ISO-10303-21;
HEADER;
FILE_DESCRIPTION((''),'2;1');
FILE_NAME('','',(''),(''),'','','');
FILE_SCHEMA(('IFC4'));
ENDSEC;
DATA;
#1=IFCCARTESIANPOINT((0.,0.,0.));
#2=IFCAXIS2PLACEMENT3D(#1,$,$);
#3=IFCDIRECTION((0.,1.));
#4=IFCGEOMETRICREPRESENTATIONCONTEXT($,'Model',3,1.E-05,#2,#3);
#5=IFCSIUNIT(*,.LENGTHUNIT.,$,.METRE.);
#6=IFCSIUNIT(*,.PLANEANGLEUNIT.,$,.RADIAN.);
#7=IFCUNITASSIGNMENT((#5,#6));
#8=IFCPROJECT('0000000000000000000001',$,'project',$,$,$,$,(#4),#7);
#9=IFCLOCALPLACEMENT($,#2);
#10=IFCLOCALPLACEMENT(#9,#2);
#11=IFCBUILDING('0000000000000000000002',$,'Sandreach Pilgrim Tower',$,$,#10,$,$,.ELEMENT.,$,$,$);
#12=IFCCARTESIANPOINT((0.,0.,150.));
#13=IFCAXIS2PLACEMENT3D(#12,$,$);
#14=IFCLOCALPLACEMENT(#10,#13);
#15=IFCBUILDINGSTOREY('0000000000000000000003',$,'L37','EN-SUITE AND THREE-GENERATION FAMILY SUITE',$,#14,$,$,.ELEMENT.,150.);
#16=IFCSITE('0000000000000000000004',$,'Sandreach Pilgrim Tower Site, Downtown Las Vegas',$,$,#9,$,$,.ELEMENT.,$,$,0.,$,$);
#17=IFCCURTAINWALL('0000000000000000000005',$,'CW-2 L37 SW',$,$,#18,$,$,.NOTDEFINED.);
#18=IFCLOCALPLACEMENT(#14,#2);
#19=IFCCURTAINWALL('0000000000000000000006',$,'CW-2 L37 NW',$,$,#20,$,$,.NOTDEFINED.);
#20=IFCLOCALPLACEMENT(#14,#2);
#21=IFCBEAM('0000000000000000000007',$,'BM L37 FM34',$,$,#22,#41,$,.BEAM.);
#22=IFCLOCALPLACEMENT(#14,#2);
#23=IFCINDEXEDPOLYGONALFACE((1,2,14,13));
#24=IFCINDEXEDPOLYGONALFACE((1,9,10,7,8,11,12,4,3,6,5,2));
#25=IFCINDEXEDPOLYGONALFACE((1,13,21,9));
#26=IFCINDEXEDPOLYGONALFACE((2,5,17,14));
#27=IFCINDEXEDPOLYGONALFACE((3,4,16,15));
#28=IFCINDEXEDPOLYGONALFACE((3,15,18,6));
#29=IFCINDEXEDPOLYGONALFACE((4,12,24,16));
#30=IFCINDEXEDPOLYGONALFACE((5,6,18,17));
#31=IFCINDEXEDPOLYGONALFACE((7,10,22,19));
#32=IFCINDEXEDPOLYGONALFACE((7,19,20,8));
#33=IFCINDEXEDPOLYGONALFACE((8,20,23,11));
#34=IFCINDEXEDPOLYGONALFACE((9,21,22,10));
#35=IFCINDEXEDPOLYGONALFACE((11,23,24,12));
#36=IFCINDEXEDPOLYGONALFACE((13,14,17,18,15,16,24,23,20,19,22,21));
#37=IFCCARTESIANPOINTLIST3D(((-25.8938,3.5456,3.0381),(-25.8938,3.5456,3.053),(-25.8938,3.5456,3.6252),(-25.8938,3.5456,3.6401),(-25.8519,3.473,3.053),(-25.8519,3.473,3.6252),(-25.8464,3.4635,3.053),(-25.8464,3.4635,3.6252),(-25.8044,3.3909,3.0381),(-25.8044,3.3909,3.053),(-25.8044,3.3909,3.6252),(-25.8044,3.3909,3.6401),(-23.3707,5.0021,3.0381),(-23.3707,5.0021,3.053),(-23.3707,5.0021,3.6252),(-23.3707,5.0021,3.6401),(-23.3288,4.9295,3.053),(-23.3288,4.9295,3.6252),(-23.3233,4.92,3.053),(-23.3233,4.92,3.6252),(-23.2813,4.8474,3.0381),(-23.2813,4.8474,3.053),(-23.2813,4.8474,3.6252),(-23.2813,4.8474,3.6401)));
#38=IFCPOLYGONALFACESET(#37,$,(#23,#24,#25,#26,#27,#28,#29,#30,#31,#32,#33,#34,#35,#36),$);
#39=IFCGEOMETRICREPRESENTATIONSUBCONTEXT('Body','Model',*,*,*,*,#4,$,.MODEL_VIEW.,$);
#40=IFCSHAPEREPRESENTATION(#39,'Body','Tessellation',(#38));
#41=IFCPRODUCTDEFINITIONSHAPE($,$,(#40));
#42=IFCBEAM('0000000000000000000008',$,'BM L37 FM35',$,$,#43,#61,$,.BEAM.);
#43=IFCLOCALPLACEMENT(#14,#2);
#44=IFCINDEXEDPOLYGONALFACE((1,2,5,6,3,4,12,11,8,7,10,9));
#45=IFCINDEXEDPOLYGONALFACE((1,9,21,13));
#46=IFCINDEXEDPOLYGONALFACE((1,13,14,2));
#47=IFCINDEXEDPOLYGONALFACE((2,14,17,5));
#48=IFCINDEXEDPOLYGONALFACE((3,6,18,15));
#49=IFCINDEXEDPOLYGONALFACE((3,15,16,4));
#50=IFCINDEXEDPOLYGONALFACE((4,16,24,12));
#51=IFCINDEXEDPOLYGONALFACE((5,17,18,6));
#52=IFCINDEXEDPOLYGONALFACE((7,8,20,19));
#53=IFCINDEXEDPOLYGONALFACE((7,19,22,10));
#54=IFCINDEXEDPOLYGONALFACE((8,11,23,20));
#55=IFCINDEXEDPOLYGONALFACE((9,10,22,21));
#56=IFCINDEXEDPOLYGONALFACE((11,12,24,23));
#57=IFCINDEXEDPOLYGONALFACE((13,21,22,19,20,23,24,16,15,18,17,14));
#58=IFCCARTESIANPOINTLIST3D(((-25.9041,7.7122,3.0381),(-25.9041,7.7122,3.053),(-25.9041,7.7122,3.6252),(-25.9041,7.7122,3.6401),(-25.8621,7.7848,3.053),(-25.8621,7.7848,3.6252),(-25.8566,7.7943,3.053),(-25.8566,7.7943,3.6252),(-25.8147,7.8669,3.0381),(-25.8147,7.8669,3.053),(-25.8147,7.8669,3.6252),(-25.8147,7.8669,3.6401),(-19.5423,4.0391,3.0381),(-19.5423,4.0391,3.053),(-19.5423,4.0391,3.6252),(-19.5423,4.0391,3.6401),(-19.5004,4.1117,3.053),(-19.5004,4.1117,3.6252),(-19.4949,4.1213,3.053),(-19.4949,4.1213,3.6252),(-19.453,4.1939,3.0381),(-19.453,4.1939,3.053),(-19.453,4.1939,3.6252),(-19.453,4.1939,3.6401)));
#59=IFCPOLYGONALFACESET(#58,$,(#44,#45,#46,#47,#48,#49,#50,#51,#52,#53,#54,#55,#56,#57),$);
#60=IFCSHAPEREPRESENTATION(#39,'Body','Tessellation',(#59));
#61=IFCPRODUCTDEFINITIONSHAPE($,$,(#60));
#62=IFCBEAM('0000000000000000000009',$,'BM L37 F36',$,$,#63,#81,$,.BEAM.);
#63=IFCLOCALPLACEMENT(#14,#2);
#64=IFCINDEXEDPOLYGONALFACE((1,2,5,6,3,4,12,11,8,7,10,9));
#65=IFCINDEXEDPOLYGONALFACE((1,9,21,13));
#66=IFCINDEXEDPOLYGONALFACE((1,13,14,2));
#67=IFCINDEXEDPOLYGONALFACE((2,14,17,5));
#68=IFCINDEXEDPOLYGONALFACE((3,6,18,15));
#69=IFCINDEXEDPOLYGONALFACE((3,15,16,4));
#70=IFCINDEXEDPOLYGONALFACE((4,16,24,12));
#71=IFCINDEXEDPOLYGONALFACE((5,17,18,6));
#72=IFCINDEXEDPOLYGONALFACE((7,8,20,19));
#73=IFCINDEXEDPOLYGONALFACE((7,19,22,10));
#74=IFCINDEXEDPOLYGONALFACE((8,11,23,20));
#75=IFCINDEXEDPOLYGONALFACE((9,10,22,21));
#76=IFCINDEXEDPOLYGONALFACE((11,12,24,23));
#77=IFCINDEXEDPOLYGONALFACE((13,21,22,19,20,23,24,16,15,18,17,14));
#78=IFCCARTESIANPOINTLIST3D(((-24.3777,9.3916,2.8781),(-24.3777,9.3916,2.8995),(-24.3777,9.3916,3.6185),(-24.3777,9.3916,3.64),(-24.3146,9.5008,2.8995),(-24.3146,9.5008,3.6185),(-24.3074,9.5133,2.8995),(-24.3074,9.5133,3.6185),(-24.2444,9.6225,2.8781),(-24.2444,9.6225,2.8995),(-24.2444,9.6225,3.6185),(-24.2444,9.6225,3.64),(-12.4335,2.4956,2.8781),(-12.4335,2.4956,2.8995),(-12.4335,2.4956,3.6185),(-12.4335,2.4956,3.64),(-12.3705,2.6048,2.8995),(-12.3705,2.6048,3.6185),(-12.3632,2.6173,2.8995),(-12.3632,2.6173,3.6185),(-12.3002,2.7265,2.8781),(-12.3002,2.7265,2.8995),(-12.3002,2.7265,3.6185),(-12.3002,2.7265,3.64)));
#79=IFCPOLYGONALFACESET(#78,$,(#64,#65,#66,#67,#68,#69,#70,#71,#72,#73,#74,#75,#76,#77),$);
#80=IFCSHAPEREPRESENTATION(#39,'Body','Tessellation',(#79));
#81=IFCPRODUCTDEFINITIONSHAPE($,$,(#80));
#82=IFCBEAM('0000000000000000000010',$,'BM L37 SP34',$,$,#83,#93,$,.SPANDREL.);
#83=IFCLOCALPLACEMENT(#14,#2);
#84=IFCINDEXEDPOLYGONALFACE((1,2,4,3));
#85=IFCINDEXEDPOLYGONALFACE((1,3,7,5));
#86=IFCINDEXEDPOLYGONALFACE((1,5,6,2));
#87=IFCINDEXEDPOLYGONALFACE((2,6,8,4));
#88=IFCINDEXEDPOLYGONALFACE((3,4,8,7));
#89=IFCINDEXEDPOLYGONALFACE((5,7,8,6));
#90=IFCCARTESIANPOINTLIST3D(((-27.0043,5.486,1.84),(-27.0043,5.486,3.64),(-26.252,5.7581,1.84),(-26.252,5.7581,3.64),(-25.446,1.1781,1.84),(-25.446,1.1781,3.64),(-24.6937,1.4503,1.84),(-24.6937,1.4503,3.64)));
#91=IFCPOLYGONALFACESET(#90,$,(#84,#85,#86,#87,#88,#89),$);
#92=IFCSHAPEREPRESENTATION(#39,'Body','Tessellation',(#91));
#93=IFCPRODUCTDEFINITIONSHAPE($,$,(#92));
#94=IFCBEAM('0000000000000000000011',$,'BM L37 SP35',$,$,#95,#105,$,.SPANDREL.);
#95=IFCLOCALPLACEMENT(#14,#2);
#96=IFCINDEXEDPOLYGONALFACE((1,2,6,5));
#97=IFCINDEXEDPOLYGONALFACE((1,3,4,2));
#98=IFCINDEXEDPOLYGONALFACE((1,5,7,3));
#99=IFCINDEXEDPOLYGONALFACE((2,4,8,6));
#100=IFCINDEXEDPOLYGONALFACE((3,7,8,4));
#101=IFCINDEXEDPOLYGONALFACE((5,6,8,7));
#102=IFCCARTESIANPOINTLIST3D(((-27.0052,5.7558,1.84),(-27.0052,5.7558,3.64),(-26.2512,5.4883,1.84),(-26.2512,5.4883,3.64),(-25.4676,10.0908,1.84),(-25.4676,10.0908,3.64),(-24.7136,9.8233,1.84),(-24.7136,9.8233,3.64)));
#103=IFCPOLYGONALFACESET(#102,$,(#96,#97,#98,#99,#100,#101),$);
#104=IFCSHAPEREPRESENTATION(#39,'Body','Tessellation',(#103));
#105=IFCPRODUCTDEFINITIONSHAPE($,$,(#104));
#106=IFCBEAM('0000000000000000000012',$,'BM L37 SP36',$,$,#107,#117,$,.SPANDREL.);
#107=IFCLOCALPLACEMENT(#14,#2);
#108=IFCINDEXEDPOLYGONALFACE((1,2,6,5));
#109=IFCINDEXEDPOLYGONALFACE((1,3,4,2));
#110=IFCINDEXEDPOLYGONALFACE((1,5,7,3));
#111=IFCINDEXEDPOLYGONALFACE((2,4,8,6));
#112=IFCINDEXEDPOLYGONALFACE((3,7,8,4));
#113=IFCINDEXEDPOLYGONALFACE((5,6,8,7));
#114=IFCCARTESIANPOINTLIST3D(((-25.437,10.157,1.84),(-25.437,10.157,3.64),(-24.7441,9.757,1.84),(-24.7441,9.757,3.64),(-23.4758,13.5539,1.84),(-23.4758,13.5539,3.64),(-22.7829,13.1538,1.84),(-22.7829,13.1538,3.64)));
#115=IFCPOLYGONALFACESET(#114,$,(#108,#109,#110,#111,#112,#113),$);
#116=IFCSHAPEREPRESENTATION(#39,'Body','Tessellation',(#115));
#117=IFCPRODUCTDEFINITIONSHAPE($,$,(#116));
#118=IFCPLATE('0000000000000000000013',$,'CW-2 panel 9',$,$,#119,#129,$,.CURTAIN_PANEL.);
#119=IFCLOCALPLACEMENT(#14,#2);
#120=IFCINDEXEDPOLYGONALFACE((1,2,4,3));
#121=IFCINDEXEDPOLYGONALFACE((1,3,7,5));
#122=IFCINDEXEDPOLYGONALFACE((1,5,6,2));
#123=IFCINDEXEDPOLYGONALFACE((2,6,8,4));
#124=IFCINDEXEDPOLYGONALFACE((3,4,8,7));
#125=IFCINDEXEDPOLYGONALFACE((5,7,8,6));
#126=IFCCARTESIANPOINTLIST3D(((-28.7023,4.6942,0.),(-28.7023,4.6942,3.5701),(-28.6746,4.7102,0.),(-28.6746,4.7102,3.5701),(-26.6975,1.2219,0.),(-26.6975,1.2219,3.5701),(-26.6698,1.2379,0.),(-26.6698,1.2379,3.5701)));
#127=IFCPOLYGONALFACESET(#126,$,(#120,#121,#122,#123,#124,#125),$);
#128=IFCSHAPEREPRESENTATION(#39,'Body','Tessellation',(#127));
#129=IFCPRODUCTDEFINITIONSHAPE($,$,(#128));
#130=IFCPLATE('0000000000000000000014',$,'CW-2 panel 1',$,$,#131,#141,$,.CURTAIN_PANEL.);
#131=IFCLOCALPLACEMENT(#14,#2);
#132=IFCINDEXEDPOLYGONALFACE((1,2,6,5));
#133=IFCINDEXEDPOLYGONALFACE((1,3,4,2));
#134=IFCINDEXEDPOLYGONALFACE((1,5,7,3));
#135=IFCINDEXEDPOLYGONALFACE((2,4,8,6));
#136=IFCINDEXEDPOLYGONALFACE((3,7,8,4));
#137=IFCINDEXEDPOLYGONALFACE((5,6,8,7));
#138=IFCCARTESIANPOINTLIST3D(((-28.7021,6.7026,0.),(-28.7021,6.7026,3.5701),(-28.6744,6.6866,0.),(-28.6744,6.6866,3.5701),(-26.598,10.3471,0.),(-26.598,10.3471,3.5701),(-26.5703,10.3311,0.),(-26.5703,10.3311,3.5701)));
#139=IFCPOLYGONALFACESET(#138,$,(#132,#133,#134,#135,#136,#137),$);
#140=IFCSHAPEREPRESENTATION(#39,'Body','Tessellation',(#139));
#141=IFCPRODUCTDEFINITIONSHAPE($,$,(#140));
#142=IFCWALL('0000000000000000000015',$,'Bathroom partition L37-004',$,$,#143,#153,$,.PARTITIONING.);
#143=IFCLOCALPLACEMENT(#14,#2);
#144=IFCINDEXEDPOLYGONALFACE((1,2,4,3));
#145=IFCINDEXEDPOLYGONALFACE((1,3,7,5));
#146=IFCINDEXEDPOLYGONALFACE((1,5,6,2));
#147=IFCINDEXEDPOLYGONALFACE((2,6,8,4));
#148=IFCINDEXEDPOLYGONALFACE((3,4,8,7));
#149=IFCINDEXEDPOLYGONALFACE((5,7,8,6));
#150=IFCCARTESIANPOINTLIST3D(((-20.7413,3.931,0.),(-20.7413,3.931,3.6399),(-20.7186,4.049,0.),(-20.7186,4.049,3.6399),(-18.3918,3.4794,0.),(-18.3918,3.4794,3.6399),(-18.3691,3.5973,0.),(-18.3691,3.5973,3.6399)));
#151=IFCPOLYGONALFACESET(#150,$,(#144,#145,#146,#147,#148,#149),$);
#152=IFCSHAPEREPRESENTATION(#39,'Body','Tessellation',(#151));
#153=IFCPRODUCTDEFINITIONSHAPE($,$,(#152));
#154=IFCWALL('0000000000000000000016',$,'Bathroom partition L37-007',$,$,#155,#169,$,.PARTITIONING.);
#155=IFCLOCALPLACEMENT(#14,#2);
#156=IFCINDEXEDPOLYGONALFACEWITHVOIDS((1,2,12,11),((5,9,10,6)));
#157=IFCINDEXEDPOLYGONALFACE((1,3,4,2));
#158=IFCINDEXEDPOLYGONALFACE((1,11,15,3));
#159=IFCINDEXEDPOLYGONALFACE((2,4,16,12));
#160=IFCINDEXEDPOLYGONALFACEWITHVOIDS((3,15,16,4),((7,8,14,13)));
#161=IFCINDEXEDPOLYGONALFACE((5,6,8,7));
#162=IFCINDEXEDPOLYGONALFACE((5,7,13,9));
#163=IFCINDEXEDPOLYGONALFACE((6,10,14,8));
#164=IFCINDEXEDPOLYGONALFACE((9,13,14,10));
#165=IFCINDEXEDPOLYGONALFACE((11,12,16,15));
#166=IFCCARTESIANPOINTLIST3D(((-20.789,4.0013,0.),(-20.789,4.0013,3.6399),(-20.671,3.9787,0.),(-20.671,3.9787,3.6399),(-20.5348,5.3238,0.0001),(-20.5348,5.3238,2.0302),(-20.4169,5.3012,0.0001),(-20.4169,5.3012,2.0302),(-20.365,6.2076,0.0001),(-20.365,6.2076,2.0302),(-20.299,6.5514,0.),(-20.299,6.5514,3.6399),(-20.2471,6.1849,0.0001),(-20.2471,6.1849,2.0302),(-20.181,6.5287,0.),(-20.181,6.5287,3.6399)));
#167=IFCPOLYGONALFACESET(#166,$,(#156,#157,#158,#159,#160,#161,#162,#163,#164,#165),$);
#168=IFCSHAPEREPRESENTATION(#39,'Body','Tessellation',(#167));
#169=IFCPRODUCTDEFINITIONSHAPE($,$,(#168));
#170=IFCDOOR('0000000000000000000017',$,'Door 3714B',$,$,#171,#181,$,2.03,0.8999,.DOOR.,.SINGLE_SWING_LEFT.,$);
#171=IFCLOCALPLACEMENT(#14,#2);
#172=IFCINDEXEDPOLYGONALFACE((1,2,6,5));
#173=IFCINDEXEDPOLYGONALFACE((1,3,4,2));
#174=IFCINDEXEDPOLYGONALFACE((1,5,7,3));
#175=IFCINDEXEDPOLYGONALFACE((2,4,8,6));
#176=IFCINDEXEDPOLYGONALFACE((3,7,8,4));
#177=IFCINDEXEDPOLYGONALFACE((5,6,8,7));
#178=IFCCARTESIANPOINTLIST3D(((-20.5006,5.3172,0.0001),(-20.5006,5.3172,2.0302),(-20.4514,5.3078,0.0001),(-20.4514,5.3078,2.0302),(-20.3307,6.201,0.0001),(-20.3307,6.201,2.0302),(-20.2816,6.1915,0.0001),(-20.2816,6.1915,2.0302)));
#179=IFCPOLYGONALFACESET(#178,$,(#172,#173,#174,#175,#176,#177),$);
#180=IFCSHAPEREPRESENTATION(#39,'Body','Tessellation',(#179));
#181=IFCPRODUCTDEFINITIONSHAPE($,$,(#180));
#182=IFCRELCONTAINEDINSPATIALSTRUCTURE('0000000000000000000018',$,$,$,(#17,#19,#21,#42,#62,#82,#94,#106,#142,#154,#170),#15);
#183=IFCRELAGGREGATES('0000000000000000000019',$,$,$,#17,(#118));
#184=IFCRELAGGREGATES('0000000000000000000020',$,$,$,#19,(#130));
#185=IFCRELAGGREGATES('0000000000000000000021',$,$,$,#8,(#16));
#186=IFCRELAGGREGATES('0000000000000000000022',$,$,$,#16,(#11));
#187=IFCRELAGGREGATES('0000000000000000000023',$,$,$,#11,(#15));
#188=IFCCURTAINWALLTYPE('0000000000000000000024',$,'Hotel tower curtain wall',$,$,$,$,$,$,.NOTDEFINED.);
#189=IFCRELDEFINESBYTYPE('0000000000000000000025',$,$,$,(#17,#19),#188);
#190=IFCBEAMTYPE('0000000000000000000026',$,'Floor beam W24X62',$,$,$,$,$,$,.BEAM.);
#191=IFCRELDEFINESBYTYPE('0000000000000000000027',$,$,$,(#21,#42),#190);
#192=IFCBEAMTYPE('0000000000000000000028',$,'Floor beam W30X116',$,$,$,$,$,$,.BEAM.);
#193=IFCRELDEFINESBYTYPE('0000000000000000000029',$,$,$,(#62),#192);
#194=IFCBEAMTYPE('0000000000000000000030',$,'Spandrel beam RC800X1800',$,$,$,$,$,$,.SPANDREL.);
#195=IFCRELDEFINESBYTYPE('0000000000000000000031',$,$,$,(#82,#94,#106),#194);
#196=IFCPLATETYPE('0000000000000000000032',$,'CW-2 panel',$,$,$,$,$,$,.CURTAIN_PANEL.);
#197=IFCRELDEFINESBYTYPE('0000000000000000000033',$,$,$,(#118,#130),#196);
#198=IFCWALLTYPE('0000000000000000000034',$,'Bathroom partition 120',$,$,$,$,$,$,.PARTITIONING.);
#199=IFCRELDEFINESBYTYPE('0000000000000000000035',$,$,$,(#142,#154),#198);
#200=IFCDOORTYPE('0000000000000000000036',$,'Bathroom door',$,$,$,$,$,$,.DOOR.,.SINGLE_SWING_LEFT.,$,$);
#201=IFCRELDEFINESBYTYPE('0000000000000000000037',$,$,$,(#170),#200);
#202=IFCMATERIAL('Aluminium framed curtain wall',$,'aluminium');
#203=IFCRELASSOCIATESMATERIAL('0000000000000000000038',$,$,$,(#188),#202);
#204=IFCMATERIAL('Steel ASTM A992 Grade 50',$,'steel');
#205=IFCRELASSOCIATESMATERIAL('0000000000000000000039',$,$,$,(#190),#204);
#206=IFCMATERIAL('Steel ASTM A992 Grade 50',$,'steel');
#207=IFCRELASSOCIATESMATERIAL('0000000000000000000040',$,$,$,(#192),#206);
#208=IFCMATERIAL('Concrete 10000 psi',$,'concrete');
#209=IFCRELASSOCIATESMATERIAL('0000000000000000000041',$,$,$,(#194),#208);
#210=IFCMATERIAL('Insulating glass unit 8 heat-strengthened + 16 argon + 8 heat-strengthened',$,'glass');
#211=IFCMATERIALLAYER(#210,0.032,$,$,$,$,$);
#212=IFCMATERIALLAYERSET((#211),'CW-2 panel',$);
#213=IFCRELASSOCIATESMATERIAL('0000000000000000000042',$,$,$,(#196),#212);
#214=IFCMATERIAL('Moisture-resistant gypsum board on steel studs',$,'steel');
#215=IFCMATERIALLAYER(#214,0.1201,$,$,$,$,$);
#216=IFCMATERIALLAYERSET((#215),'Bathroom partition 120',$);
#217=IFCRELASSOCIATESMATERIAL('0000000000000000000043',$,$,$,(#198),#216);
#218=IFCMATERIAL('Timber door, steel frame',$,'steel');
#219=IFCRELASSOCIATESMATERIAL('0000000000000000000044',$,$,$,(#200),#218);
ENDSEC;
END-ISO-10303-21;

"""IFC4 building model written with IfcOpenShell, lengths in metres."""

from ifc_helpers import new_model, si_unit, direction, frame, frame_2d, origin, origin_2d, place, context, subcontext, project, spatial, rectangle, i_section, extrude, material, layer, layer_set, material_profile, profile_set, type_object, element, fill, aggregate, save


model = new_model("IFC4")

# Units and contexts
model_context = context("Model", 3, precision=1e-05, world=origin(), true_north=direction((0.0, 1.0)))
body_context = subcontext(model_context, "Body", "Model", "MODEL_VIEW")
ifc_project = project(units=[si_unit("LENGTHUNIT", "METRE"), si_unit("PLANEANGLEUNIT", "RADIAN")], contexts=[model_context])

# Site, building, storey
site_placement = place(None, origin())
site = spatial("IfcSite", under=ifc_project, at=site_placement, Name="Sandreach Pilgrim Tower Site, Downtown Las Vegas", CompositionType="ELEMENT", RefElevation=0.0)
building_placement = place(site_placement, origin())
building = spatial("IfcBuilding", under=site, at=building_placement, Name="Sandreach Pilgrim Tower", CompositionType="ELEMENT")
storey_placement = place(building_placement, frame((0.0, 0.0, 150.0)))
storey = spatial("IfcBuildingStorey", under=building, at=storey_placement, Name="L37", Description="EN-SUITE AND THREE-GENERATION FAMILY SUITE", CompositionType="ELEMENT", Elevation=150.0)

# Curtain walls
ifc_material_1 = material(Name="Aluminium framed curtain wall", Category="aluminium")
curtain_wall_type = type_object("IfcCurtainWallType", Name="Hotel tower curtain wall", PredefinedType="NOTDEFINED", material=ifc_material_1)
curtain_wall_1_placement = place(storey_placement, origin())
curtain_wall_1 = element("IfcCurtainWall", 1, at=curtain_wall_1_placement, inside=storey, type_object=curtain_wall_type, Name="CW-2 L37 SW", PredefinedType="NOTDEFINED")
curtain_wall_2_placement = place(storey_placement, origin())
curtain_wall_2 = element("IfcCurtainWall", 2, at=curtain_wall_2_placement, inside=storey, type_object=curtain_wall_type, Name="CW-2 L37 NW", PredefinedType="NOTDEFINED")

# Beams
ifc_material_2 = material(Name="Steel ASTM A992 Grade 50", Category="steel")
ifc_material_profile_1 = material_profile(ifc_material_2, i_section(OverallWidth=0.1787, OverallDepth=0.6021, WebThickness=0.011, FlangeThickness=0.0149, at=origin_2d()), Name="W24X62")
ifc_profile_set_1 = profile_set([ifc_material_profile_1], Name="Steel ASTM A992 Grade 50")
beam_type_1 = type_object("IfcBeamType", Name="Floor beam W24X62", PredefinedType="BEAM", material=ifc_profile_set_1)
beam_1_placement = place(storey_placement, frame((-25.8491, 3.4683, 3.3391), z_axis=(0.866059, 0.499942, 0.0), x_axis=(-0.499942, 0.866059, 0.0)))
element("IfcBeam", 3, at=beam_1_placement, inside=storey, type_object=beam_type_1, Name="BM L37 FM34", PredefinedType="BEAM", context=body_context, shape_type="SweptSolid", body=[
    extrude(i_section(OverallWidth=0.1787, OverallDepth=0.6021, WebThickness=0.011, FlangeThickness=0.0149, at=origin_2d()), origin(), (0.0, 0.0, 1.0), 2.9133),
])
beam_2_placement = place(storey_placement, frame((-25.8594, 7.7896, 3.3391), z_axis=(0.86602, -0.50001, 0.0), x_axis=(0.50001, 0.86602, 0.0)))
element("IfcBeam", 4, at=beam_2_placement, inside=storey, type_object=beam_type_1, Name="BM L37 FM35", PredefinedType="BEAM", context=body_context, shape_type="SweptSolid", body=[
    extrude(i_section(OverallWidth=0.1787, OverallDepth=0.6021, WebThickness=0.011, FlangeThickness=0.0149, at=origin_2d()), origin(), (0.0, 0.0, 1.0), 7.3459),
])
ifc_material_3 = material(Name="Steel ASTM A992 Grade 50", Category="steel")
ifc_material_profile_2 = material_profile(ifc_material_3, i_section(OverallWidth=0.2666, OverallDepth=0.762, WebThickness=0.0144, FlangeThickness=0.0215, at=origin_2d()), Name="W30X116")
ifc_profile_set_2 = profile_set([ifc_material_profile_2], Name="Steel ASTM A992 Grade 50")
beam_type_2 = type_object("IfcBeamType", Name="Floor beam W30X116", PredefinedType="BEAM", material=ifc_profile_set_2)
beam_3_placement = place(storey_placement, frame((-24.311, 9.5071, 3.259), z_axis=(0.866023, -0.500004, 0.0), x_axis=(0.500004, 0.866023, 0.0)))
element("IfcBeam", 5, at=beam_3_placement, inside=storey, type_object=beam_type_2, Name="BM L37 F36", PredefinedType="BEAM", context=body_context, shape_type="SweptSolid", body=[
    extrude(i_section(OverallWidth=0.2666, OverallDepth=0.762, WebThickness=0.0144, FlangeThickness=0.0215, at=origin_2d()), origin(), (0.0, 0.0, 1.0), 13.792),
])
ifc_material_4 = material(Name="Concrete 10000 psi", Category="concrete")
ifc_material_profile_3 = material_profile(ifc_material_4, rectangle(XDim=0.8, YDim=1.8, at=origin_2d()), Name="RC800X1800")
ifc_profile_set_3 = profile_set([ifc_material_profile_3], Name="Concrete 10000 psi")
beam_type_3 = type_object("IfcBeamType", Name="Spandrel beam RC800X1800", PredefinedType="SPANDREL", material=ifc_profile_set_3)
beam_4_placement = place(storey_placement, frame((-25.0698, 1.3142, 2.74), z_axis=(-0.340172, 0.940363, 0.0), x_axis=(-0.940363, -0.340172, 0.0)))
element("IfcBeam", 6, at=beam_4_placement, inside=storey, type_object=beam_type_3, Name="BM L37 SP34", PredefinedType="SPANDREL", context=body_context, shape_type="SweptSolid", body=[
    extrude(rectangle(XDim=0.8, YDim=1.8, at=origin_2d()), origin(), (0.0, 0.0, 1.0), 4.5811),
])
beam_5_placement = place(storey_placement, frame((-26.6282, 5.6221, 2.74), z_axis=(0.334291, 0.94247, 0.0), x_axis=(-0.94247, 0.334291, 0.0)))
element("IfcBeam", 7, at=beam_5_placement, inside=storey, type_object=beam_type_3, Name="BM L37 SP35", PredefinedType="SPANDREL", context=body_context, shape_type="SweptSolid", body=[
    extrude(rectangle(XDim=0.8, YDim=1.8, at=origin_2d()), origin(), (0.0, 0.0, 1.0), 4.5996),
])
beam_6_placement = place(storey_placement, frame((-25.0906, 9.957, 2.74), z_axis=(0.500015, 0.866017, 0.0), x_axis=(-0.866017, 0.500015, 0.0)))
element("IfcBeam", 8, at=beam_6_placement, inside=storey, type_object=beam_type_3, Name="BM L37 SP36", PredefinedType="SPANDREL", context=body_context, shape_type="SweptSolid", body=[
    extrude(rectangle(XDim=0.8, YDim=1.8, at=origin_2d()), origin(), (0.0, 0.0, 1.0), 3.9224),
])

# Plates
ifc_material_5 = material(Name="Insulating glass unit 8 heat-strengthened + 16 argon + 8 heat-strengthened", Category="glass")
ifc_layer_1 = layer(ifc_material_5, 0.032)
ifc_layer_set_1 = layer_set([ifc_layer_1], Name="CW-2 panel")
plate_type = type_object("IfcPlateType", Name="CW-2 panel", PredefinedType="CURTAIN_PANEL", material=ifc_layer_set_1)
plate_1_placement = place(storey_placement, frame((-27.686, 2.9661, 0.0), z_axis=(0.0, 0.0, 1.0), x_axis=(-0.5, 0.866025, 0.0)))
plate_1 = element("IfcPlate", 9, at=plate_1_placement, type_object=plate_type, Name="CW-2 panel 9", PredefinedType="CURTAIN_PANEL", context=body_context, shape_type="SweptSolid", body=[
    extrude(rectangle(XDim=4.0095, YDim=0.032, at=origin_2d()), origin(), (0.0, 0.0, 1.0), 3.5701),
])
aggregate(curtain_wall_1, [plate_1])
plate_2_placement = place(storey_placement, frame((-27.6362, 8.5168, 0.0), z_axis=(0.0, 0.0, 1.0), x_axis=(0.5, 0.866025, 0.0)))
plate_2 = element("IfcPlate", 10, at=plate_2_placement, type_object=plate_type, Name="CW-2 panel 1", PredefinedType="CURTAIN_PANEL", context=body_context, shape_type="SweptSolid", body=[
    extrude(rectangle(XDim=4.2083, YDim=0.032, at=origin_2d()), origin(), (0.0, 0.0, 1.0), 3.5701),
])
aggregate(curtain_wall_2, [plate_2])

# Wall
ifc_material_6 = material(Name="Moisture-resistant gypsum board on steel studs", Category="steel")
ifc_layer_2 = layer(ifc_material_6, 0.1201)
ifc_layer_set_2 = layer_set([ifc_layer_2], Name="Bathroom partition 120")
wall_type_1 = type_object("IfcWallType", Name="Bathroom partition 120", PredefinedType="PARTITIONING", material=ifc_layer_set_2)
wall_1_placement = place(storey_placement, frame((-20.73, 3.99, 0.0), z_axis=(0.0, 0.0, 1.0), x_axis=(0.982021, -0.188772, 0.0)))
element("IfcWall", 11, at=wall_1_placement, inside=storey, type_object=wall_type_1, Name="Bathroom partition L37-004", PredefinedType="PARTITIONING", context=body_context, shape_type="SweptSolid", body=[
    extrude(rectangle(XDim=2.3926, YDim=0.1201, at=frame_2d((1.1963, 0.0))), origin(), (0.0, 0.0, 1.0), 3.6399),
])

# Wall, opening, door
wall_2_placement = place(storey_placement, frame((-20.24, 6.54, 0.0), z_axis=(0.0, 0.0, 1.0), x_axis=(-0.188697, -0.982035, 0.0)))
wall_2 = element("IfcWall", 12, at=wall_2_placement, inside=storey, type_object=wall_type_1, Name="Bathroom partition L37-007", PredefinedType="PARTITIONING", context=body_context, shape_type="SweptSolid", body=[
    extrude(rectangle(XDim=2.5967, YDim=0.1201, at=frame_2d((1.2983, 0.0))), origin(), (0.0, 0.0, 1.0), 3.6399),
])
opening_1_placement = place(wall_2_placement, frame((0.3501, 0.0, 0.0)))
opening_1 = element("IfcOpeningElement", 13, at=opening_1_placement, cuts=wall_2, PredefinedType="OPENING", context=body_context, shape_type="SweptSolid", body=[
    extrude(rectangle(XDim=0.8999, YDim=2.03, at=frame_2d((0.45, 1.0151))), frame((0.0, 0.0601, 0.0), z_axis=(0.0, -1.0, 0.0), x_axis=(1.0, 0.0, 0.0)), (0.0, 0.0, 1.0), 0.1201),
])
ifc_material_7 = material(Name="Timber door, steel frame", Category="steel")
door_type_1 = type_object("IfcDoorType", Name="Bathroom door", OperationType="SINGLE_SWING_LEFT", PredefinedType="DOOR", material=ifc_material_7)
door_1_placement = place(opening_1_placement, origin())
door_1 = element("IfcDoor", 14, at=door_1_placement, inside=storey, type_object=door_type_1, Name="Door 3714B", OperationType="SINGLE_SWING_LEFT", OverallHeight=2.03, OverallWidth=0.8999, PredefinedType="DOOR", context=body_context, shape_type="SweptSolid", body=[
    extrude(rectangle(XDim=0.8999, YDim=2.03, at=frame_2d((0.45, 1.0151))), frame((0.0, 0.0249, 0.0), z_axis=(0.0, -1.0, 0.0), x_axis=(1.0, 0.0, 0.0)), (0.0, 0.0, 1.0), 0.05),
])
fill(opening_1, door_1)

save(model, "model.ifc")
